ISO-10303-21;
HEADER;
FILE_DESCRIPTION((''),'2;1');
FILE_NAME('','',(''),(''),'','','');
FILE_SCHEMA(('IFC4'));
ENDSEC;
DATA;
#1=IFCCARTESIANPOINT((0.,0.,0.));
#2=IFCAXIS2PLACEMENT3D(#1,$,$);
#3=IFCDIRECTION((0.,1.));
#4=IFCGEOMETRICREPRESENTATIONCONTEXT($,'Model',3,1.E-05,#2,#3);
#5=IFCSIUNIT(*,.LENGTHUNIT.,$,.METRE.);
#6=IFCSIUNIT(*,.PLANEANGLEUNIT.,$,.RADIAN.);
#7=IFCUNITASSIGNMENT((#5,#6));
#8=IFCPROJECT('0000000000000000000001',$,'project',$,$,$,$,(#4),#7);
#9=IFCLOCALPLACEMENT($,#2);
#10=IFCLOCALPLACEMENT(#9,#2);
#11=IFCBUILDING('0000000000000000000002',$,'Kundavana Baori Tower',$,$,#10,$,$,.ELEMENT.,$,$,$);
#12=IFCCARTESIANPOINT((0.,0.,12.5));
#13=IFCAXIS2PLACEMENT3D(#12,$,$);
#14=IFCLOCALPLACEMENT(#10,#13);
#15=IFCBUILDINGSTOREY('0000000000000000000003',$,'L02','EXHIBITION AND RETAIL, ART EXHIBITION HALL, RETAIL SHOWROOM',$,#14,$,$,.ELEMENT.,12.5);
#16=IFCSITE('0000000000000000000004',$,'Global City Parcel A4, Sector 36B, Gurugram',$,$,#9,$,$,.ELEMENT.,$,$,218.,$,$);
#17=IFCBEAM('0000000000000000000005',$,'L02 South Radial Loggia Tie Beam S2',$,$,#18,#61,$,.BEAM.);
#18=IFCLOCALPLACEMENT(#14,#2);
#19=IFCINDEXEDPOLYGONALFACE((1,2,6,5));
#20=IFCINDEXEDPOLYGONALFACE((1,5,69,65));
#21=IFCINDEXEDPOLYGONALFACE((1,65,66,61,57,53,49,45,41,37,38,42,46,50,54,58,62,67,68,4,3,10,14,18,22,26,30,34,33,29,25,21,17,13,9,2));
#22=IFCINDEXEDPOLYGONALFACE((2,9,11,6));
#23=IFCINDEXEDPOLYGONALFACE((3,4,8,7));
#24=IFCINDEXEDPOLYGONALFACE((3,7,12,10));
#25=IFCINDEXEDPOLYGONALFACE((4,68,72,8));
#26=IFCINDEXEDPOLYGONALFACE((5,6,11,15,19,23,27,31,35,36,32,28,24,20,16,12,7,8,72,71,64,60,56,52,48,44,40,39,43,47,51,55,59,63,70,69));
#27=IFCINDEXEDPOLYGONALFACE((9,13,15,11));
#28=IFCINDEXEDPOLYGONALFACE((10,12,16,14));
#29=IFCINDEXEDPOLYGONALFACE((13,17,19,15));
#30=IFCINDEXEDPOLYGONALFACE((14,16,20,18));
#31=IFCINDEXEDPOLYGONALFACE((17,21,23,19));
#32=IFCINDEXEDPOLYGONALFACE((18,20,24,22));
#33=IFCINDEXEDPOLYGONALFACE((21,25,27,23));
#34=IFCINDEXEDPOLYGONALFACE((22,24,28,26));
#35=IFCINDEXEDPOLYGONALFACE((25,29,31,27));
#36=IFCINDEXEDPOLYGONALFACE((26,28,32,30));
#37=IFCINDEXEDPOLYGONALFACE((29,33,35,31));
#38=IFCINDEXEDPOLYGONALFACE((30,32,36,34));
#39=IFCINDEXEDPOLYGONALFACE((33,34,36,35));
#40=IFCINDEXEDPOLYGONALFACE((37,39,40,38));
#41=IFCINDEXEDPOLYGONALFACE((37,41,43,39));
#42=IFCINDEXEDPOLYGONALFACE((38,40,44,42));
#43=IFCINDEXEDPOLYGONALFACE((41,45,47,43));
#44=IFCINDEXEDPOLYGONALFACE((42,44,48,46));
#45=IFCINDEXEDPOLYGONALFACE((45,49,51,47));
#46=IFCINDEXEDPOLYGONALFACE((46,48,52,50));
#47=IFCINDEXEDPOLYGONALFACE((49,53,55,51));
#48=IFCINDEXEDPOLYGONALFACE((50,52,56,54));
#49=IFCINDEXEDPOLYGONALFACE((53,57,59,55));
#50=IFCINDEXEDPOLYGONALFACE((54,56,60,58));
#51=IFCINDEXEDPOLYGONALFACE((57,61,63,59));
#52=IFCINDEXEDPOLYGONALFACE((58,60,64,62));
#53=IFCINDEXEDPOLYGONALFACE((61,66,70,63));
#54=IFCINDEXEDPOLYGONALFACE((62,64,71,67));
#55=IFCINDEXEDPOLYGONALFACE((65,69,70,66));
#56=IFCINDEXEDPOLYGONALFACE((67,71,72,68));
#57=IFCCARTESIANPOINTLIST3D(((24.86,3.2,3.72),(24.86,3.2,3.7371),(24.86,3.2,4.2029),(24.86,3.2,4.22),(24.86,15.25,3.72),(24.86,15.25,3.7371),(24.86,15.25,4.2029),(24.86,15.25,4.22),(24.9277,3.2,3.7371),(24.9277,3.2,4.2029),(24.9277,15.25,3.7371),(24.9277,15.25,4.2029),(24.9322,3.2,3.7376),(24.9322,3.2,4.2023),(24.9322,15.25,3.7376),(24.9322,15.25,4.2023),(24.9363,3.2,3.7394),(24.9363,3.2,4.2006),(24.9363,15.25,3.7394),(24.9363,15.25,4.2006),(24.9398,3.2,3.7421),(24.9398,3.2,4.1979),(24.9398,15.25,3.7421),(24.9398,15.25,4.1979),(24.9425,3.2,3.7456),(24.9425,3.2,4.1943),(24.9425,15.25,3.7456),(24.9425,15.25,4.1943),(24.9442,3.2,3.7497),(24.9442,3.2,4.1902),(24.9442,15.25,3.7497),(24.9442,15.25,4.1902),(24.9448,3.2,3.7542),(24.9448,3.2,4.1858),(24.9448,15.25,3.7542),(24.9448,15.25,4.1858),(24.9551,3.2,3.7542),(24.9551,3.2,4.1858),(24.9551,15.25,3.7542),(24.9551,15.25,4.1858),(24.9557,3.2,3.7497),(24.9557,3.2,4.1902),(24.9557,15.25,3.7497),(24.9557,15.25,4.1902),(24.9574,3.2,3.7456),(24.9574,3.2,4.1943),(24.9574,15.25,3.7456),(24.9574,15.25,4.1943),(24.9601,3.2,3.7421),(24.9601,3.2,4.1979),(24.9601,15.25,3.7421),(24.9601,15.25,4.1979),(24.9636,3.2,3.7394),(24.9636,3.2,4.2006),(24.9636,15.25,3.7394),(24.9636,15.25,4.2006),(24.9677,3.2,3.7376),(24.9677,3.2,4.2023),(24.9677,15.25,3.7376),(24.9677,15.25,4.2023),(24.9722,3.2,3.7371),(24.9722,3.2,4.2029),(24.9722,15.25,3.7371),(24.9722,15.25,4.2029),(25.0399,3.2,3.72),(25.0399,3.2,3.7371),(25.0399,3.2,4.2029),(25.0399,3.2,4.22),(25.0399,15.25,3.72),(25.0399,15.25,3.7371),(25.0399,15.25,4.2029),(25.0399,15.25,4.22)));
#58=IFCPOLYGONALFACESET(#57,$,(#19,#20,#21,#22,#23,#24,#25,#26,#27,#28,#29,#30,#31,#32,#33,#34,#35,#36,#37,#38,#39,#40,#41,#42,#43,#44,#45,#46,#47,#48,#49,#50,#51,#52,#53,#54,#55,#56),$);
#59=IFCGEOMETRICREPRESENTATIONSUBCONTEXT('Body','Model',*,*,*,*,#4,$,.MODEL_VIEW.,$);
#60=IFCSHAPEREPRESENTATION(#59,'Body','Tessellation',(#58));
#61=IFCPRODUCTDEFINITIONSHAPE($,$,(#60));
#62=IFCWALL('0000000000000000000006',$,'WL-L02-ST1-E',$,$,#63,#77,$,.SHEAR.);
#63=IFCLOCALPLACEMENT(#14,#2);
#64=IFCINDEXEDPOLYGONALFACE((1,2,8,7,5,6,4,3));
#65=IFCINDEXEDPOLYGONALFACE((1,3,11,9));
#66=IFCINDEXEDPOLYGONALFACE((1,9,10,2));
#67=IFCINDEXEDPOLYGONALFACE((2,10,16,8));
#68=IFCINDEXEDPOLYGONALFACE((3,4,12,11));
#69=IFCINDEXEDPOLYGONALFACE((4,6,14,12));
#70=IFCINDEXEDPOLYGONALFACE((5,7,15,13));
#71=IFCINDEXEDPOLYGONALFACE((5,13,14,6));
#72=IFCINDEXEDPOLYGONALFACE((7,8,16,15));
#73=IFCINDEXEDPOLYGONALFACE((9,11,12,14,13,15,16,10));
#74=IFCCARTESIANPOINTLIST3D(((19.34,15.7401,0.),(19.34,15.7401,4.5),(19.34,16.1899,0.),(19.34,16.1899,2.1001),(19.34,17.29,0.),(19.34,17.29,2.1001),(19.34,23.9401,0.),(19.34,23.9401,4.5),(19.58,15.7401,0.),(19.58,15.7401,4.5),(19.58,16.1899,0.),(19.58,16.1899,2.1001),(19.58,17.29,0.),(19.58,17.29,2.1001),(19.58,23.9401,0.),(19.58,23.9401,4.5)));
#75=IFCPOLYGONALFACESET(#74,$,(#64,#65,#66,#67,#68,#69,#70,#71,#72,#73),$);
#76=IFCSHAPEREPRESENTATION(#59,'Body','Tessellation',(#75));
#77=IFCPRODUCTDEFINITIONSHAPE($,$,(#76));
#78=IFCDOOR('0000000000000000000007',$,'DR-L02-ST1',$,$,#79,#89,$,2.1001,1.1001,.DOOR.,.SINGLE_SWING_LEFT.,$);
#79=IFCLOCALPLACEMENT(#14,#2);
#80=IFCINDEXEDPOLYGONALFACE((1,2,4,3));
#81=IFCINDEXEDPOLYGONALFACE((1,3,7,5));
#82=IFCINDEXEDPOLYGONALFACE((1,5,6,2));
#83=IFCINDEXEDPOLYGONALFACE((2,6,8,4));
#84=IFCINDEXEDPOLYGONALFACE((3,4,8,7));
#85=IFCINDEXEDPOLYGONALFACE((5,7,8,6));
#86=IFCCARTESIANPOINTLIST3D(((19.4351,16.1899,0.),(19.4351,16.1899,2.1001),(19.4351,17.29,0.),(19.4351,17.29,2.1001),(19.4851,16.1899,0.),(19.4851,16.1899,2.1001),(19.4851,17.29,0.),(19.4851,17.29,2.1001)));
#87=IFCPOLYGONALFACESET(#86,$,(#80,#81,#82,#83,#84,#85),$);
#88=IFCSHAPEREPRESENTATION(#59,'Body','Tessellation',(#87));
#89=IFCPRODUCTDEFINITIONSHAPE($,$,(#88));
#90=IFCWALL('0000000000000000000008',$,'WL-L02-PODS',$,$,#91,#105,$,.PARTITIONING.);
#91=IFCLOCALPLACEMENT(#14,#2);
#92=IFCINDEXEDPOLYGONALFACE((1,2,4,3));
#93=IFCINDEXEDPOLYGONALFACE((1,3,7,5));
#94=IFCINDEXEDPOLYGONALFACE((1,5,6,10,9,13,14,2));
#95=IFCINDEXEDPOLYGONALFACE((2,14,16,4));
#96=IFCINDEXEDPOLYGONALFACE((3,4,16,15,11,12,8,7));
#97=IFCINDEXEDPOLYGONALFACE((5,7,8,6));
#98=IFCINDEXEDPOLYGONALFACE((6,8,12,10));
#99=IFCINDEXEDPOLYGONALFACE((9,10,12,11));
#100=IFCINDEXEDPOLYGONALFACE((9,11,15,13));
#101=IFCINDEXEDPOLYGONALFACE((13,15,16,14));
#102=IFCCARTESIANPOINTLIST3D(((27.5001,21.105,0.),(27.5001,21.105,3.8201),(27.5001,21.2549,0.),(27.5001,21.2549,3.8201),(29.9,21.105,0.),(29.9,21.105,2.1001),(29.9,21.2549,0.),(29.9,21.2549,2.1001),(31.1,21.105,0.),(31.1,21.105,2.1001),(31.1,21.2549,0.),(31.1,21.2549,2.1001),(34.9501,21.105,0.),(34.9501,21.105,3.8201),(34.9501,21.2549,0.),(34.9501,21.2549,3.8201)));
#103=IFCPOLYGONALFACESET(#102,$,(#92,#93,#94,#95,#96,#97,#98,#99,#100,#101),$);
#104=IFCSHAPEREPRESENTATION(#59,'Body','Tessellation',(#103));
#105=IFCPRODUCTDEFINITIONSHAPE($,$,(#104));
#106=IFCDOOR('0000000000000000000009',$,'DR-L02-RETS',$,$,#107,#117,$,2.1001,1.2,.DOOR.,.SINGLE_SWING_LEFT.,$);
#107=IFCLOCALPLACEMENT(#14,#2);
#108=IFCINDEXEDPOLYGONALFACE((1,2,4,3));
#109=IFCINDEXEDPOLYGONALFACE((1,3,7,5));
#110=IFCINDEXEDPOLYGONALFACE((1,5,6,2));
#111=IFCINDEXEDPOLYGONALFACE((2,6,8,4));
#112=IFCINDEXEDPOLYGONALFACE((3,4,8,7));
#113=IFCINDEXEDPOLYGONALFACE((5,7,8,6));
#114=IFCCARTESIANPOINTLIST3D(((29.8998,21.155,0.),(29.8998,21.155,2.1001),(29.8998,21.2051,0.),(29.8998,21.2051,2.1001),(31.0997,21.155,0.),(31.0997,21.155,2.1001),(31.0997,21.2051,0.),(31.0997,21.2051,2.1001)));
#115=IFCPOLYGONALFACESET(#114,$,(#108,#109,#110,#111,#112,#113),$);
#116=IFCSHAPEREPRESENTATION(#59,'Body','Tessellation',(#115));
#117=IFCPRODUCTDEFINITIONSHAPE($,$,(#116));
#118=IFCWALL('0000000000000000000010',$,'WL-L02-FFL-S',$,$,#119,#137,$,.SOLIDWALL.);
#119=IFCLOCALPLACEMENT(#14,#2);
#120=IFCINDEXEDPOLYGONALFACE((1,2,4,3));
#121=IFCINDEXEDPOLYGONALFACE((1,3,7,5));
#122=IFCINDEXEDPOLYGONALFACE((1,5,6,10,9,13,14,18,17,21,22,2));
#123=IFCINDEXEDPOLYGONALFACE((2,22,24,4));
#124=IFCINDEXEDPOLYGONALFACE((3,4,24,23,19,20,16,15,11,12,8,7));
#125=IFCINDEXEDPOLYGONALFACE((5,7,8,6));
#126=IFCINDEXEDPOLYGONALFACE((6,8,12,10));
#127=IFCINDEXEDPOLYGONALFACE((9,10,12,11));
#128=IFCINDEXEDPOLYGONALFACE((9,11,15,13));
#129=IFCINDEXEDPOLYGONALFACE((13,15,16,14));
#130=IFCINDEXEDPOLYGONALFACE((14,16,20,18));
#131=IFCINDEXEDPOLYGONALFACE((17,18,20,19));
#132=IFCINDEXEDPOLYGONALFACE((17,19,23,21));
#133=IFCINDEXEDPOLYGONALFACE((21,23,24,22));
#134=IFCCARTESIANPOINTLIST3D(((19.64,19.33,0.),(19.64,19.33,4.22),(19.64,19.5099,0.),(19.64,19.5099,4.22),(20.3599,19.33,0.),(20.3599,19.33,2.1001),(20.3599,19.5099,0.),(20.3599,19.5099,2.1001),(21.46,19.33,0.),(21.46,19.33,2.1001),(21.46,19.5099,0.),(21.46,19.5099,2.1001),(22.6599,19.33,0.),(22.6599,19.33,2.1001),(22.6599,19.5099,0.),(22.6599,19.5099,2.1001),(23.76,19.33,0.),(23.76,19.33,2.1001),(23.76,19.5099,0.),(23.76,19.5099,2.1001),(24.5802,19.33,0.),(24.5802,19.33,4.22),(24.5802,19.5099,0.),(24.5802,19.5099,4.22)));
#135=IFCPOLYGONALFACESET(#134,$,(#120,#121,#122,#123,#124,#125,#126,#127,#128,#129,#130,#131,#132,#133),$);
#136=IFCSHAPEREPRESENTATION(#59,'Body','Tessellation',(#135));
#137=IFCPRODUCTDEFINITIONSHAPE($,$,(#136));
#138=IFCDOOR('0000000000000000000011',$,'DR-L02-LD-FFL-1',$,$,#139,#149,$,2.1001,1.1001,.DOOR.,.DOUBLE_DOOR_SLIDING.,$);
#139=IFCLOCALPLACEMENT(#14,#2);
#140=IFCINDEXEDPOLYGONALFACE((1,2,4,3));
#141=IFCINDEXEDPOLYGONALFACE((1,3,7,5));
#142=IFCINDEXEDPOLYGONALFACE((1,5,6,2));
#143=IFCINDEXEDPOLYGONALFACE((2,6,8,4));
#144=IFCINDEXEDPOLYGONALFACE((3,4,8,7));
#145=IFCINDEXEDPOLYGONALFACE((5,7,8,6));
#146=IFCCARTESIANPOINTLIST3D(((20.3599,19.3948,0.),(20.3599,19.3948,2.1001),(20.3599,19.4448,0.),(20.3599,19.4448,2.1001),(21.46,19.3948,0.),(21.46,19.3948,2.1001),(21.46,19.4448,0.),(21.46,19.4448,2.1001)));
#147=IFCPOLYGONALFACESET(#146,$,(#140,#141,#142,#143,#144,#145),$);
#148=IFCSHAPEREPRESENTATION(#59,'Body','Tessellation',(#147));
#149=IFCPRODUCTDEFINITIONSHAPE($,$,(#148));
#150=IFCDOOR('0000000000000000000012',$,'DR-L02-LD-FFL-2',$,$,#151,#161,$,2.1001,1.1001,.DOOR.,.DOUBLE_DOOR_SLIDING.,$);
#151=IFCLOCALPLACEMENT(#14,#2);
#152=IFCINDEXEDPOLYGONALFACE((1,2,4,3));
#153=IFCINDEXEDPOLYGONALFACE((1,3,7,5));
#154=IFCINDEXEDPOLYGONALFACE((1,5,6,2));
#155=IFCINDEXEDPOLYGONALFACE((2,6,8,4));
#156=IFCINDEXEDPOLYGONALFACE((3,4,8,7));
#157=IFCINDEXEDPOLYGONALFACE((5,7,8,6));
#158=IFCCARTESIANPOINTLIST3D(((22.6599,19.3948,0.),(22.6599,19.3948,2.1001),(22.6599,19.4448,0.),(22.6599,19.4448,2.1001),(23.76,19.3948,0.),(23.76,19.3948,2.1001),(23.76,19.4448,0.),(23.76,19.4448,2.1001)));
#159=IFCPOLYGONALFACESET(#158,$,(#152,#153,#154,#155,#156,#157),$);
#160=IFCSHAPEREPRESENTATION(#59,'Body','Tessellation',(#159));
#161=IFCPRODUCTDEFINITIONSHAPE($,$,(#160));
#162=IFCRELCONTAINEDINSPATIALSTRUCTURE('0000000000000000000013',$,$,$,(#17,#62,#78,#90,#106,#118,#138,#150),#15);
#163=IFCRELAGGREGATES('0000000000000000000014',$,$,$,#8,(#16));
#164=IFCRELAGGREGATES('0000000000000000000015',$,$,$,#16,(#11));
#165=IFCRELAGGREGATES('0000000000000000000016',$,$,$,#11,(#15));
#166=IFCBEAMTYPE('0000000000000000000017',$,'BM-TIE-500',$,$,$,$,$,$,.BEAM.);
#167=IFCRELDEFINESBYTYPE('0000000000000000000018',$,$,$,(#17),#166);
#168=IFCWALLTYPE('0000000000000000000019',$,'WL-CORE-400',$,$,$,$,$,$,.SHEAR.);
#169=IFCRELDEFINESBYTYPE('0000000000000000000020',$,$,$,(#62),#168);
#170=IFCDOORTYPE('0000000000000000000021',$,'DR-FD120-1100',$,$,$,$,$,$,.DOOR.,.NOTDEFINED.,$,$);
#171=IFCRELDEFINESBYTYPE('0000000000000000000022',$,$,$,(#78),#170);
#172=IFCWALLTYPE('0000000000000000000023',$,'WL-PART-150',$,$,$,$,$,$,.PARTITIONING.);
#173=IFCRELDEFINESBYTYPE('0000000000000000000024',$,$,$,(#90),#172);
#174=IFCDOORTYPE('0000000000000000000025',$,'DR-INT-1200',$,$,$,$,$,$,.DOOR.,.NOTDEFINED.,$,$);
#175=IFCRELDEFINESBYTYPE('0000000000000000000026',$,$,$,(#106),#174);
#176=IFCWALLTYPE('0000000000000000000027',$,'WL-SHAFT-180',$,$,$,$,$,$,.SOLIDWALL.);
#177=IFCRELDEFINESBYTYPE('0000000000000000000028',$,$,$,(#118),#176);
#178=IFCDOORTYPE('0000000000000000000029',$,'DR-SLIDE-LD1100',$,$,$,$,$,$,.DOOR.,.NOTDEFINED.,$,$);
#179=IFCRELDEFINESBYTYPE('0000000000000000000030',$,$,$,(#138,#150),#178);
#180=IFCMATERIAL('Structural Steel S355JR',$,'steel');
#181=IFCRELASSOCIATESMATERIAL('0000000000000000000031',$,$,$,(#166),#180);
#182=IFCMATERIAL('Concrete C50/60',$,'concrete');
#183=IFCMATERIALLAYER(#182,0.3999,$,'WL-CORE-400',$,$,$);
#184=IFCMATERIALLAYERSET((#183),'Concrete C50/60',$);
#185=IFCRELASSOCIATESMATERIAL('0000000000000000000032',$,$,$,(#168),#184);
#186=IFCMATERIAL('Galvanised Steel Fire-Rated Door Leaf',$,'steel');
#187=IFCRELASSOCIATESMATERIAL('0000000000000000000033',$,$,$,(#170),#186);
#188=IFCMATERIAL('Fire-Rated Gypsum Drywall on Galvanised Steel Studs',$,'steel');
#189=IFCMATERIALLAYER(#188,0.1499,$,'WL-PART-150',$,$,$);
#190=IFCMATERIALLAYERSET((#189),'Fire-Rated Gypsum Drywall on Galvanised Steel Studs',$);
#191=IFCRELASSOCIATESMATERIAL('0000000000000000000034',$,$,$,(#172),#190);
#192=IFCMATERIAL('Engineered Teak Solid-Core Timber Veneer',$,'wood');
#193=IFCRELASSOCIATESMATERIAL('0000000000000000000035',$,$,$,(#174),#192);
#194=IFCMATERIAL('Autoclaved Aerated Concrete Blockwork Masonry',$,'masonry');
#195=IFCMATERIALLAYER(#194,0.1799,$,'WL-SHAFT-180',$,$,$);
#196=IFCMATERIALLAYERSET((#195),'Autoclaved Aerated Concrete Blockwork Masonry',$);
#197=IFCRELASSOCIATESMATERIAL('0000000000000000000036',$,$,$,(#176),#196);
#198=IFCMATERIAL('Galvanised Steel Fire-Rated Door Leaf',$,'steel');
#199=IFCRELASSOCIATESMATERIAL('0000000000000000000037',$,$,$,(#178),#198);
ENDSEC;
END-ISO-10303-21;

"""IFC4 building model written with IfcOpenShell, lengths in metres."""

from ifc_helpers import new_model, si_unit, direction, frame, frame_2d, origin, origin_2d, place, context, subcontext, project, spatial, rectangle, i_section, extrude, material, layer, layer_set, material_profile, profile_set, type_object, element, fill, save


model = new_model("IFC4")

# Units and contexts
model_context = context("Model", 3, precision=1e-05, world=origin(), true_north=direction((0.0, 1.0)))
body_context = subcontext(model_context, "Body", "Model", "MODEL_VIEW")
ifc_project = project(units=[si_unit("LENGTHUNIT", "METRE"), si_unit("PLANEANGLEUNIT", "RADIAN")], contexts=[model_context])

# Site, building, storey
site_placement = place(None, origin())
site = spatial("IfcSite", under=ifc_project, at=site_placement, Name="Global City Parcel A4, Sector 36B, Gurugram", CompositionType="ELEMENT", RefElevation=218.0)
building_placement = place(site_placement, origin())
building = spatial("IfcBuilding", under=site, at=building_placement, Name="Kundavana Baori Tower", CompositionType="ELEMENT")
storey_placement = place(building_placement, frame((0.0, 0.0, 12.5)))
storey = spatial("IfcBuildingStorey", under=building, at=storey_placement, Name="L02", Description="EXHIBITION AND RETAIL, ART EXHIBITION HALL, RETAIL SHOWROOM", CompositionType="ELEMENT", Elevation=12.5)

# Beam
ifc_material_1 = material(Name="Structural Steel S355JR", Category="steel")
ifc_material_profile_1 = material_profile(ifc_material_1, i_section(OverallWidth=0.1799, OverallDepth=0.5, WebThickness=0.0103, FlangeThickness=0.0171, FilletRadius=0.0171, at=origin_2d()), Name="ISMB 500")
ifc_profile_set_1 = profile_set([ifc_material_profile_1], Name="Structural Steel S355JR")
beam_type_1 = type_object("IfcBeamType", Name="BM-TIE-500", PredefinedType="BEAM", material=ifc_profile_set_1)
beam_1_placement = place(storey_placement, frame((24.95, 15.25, 3.97), z_axis=(0.0, -1.0, 0.0), x_axis=(1.0, 0.0, 0.0)))
element("IfcBeam", 1, at=beam_1_placement, inside=storey, type_object=beam_type_1, Name="L02 South Radial Loggia Tie Beam S2", PredefinedType="BEAM", context=body_context, shape_type="SweptSolid", body=[
    extrude(i_section(OverallWidth=0.1799, OverallDepth=0.5, WebThickness=0.0103, FlangeThickness=0.0171, FilletRadius=0.0171, at=origin_2d()), origin(), (0.0, 0.0, 1.0), 12.05),
])

# Wall, opening, door
ifc_material_2 = material(Name="Concrete C50/60", Category="concrete")
ifc_layer_1 = layer(ifc_material_2, 0.3999, Name="WL-CORE-400")
ifc_layer_set_1 = layer_set([ifc_layer_1], Name="Concrete C50/60")
wall_type_1 = type_object("IfcWallType", Name="WL-CORE-400", PredefinedType="SHEAR", material=ifc_layer_set_1)
wall_1_placement = place(storey_placement, frame((19.46, 15.74, 0.0), z_axis=(0.0, 0.0, 1.0), x_axis=(0.0, 1.0, 0.0)))
wall_1 = element("IfcWall", 2, at=wall_1_placement, inside=storey, type_object=wall_type_1, Name="WL-L02-ST1-E", PredefinedType="SHEAR", context=body_context, shape_type="SweptSolid", body=[
    extrude(rectangle(XDim=8.2, YDim=0.24, at=frame_2d((4.1001, 0.0))), origin(), (0.0, 0.0, 1.0), 4.5),
])
opening_1_placement = place(wall_1_placement, frame((0.45, 0.0, 0.0)))
opening_1 = element("IfcOpeningElement", 3, at=opening_1_placement, cuts=wall_1, PredefinedType="OPENING", context=body_context, shape_type="SweptSolid", body=[
    extrude(rectangle(XDim=1.1001, YDim=2.1001, at=frame_2d((0.55, 1.05))), frame((0.0, 0.1299, 0.0), z_axis=(0.0, -1.0, 0.0), x_axis=(1.0, 0.0, 0.0)), (0.0, 0.0, 1.0), 0.26),
])
ifc_material_3 = material(Name="Galvanised Steel Fire-Rated Door Leaf", Category="steel")
door_type_1 = type_object("IfcDoorType", Name="DR-FD120-1100", OperationType="NOTDEFINED", PredefinedType="DOOR", material=ifc_material_3)
door_1_placement = place(opening_1_placement, origin())
door_1 = element("IfcDoor", 4, at=door_1_placement, inside=storey, type_object=door_type_1, Name="DR-L02-ST1", OperationType="SINGLE_SWING_LEFT", OverallHeight=2.1001, OverallWidth=1.1001, PredefinedType="DOOR", context=body_context, shape_type="SweptSolid", body=[
    extrude(rectangle(XDim=1.1001, YDim=2.1001, at=frame_2d((0.55, 1.05))), frame((0.0, 0.0249, 0.0), z_axis=(0.0, -1.0, 0.0), x_axis=(1.0, 0.0, 0.0)), (0.0, 0.0, 1.0), 0.05),
])
fill(opening_1, door_1)

# Wall, opening, door
ifc_material_4 = material(Name="Fire-Rated Gypsum Drywall on Galvanised Steel Studs", Category="steel")
ifc_layer_2 = layer(ifc_material_4, 0.1499, Name="WL-PART-150")
ifc_layer_set_2 = layer_set([ifc_layer_2], Name="Fire-Rated Gypsum Drywall on Galvanised Steel Studs")
wall_type_2 = type_object("IfcWallType", Name="WL-PART-150", PredefinedType="PARTITIONING", material=ifc_layer_set_2)
wall_2_placement = place(storey_placement, frame((27.5, 21.1799, 0.0), z_axis=(0.0, 0.0, 1.0), x_axis=(1.0, 0.0, 0.0)))
wall_2 = element("IfcWall", 5, at=wall_2_placement, inside=storey, type_object=wall_type_2, Name="WL-L02-PODS", PredefinedType="PARTITIONING", context=body_context, shape_type="SweptSolid", body=[
    extrude(rectangle(XDim=7.45, YDim=0.1499, at=frame_2d((3.7251, 0.0))), origin(), (0.0, 0.0, 1.0), 3.8201),
])
opening_2_placement = place(wall_2_placement, frame((2.3999, 0.0, 0.0)))
opening_2 = element("IfcOpeningElement", 6, at=opening_2_placement, cuts=wall_2, PredefinedType="OPENING", context=body_context, shape_type="SweptSolid", body=[
    extrude(rectangle(XDim=1.2, YDim=2.1001, at=frame_2d((0.6001, 1.05))), frame((0.0, 0.085, 0.0), z_axis=(0.0, -1.0, 0.0), x_axis=(1.0, 0.0, 0.0)), (0.0, 0.0, 1.0), 0.1699),
])
ifc_material_5 = material(Name="Engineered Teak Solid-Core Timber Veneer", Category="wood")
door_type_2 = type_object("IfcDoorType", Name="DR-INT-1200", OperationType="NOTDEFINED", PredefinedType="DOOR", material=ifc_material_5)
door_2_placement = place(opening_2_placement, frame((1.2, 0.0, 0.0), z_axis=(0.0, 0.0, 1.0), x_axis=(-1.0, 0.0, 0.0)))
door_2 = element("IfcDoor", 7, at=door_2_placement, inside=storey, type_object=door_type_2, Name="DR-L02-RETS", OperationType="SINGLE_SWING_LEFT", OverallHeight=2.1001, OverallWidth=1.2, PredefinedType="DOOR", context=body_context, shape_type="SweptSolid", body=[
    extrude(rectangle(XDim=1.2, YDim=2.1001, at=frame_2d((0.6001, 1.05))), frame((0.0, 0.0249, 0.0), z_axis=(0.0, -1.0, 0.0), x_axis=(1.0, 0.0, 0.0)), (0.0, 0.0, 1.0), 0.05),
])
fill(opening_2, door_2)

# Wall, openings, doors
ifc_material_6 = material(Name="Autoclaved Aerated Concrete Blockwork Masonry", Category="masonry")
ifc_layer_3 = layer(ifc_material_6, 0.1799, Name="WL-SHAFT-180")
ifc_layer_set_3 = layer_set([ifc_layer_3], Name="Autoclaved Aerated Concrete Blockwork Masonry")
wall_type_3 = type_object("IfcWallType", Name="WL-SHAFT-180", PredefinedType="SOLIDWALL", material=ifc_layer_set_3)
wall_3_placement = place(storey_placement, frame((19.6399, 19.4199, 0.0), z_axis=(0.0, 0.0, 1.0), x_axis=(1.0, 0.0, 0.0)))
wall_3 = element("IfcWall", 8, at=wall_3_placement, inside=storey, type_object=wall_type_3, Name="WL-L02-FFL-S", PredefinedType="SOLIDWALL", context=body_context, shape_type="SweptSolid", body=[
    extrude(rectangle(XDim=4.9402, YDim=0.1799, at=frame_2d((2.4702, 0.0))), origin(), (0.0, 0.0, 1.0), 4.22),
])
opening_3_placement = place(wall_3_placement, frame((0.72, 0.0, 0.0)))
opening_3 = element("IfcOpeningElement", 9, at=opening_3_placement, cuts=wall_3, PredefinedType="OPENING", context=body_context, shape_type="SweptSolid", body=[
    extrude(rectangle(XDim=1.1001, YDim=2.1001, at=frame_2d((0.55, 1.05))), frame((0.0, 0.1001, 0.0), z_axis=(0.0, -1.0, 0.0), x_axis=(1.0, 0.0, 0.0)), (0.0, 0.0, 1.0), 0.2),
])
opening_4_placement = place(wall_3_placement, frame((3.02, 0.0, 0.0)))
opening_4 = element("IfcOpeningElement", 10, at=opening_4_placement, cuts=wall_3, PredefinedType="OPENING", context=body_context, shape_type="SweptSolid", body=[
    extrude(rectangle(XDim=1.1001, YDim=2.1001, at=frame_2d((0.55, 1.05))), frame((0.0, 0.1001, 0.0), z_axis=(0.0, -1.0, 0.0), x_axis=(1.0, 0.0, 0.0)), (0.0, 0.0, 1.0), 0.2),
])
ifc_material_7 = material(Name="Galvanised Steel Fire-Rated Door Leaf", Category="steel")
door_type_3 = type_object("IfcDoorType", Name="DR-SLIDE-LD1100", OperationType="NOTDEFINED", PredefinedType="DOOR", material=ifc_material_7)
door_3_placement = place(opening_3_placement, origin())
door_3 = element("IfcDoor", 11, at=door_3_placement, inside=storey, type_object=door_type_3, Name="DR-L02-LD-FFL-1", OperationType="DOUBLE_DOOR_SLIDING", OverallHeight=2.1001, OverallWidth=1.1001, PredefinedType="DOOR", context=body_context, shape_type="SweptSolid", body=[
    extrude(rectangle(XDim=1.1001, YDim=2.1001, at=frame_2d((0.55, 1.05))), frame((0.0, 0.0249, 0.0), z_axis=(0.0, -1.0, 0.0), x_axis=(1.0, 0.0, 0.0)), (0.0, 0.0, 1.0), 0.05),
])
fill(opening_3, door_3)
door_4_placement = place(opening_4_placement, origin())
door_4 = element("IfcDoor", 12, at=door_4_placement, inside=storey, type_object=door_type_3, Name="DR-L02-LD-FFL-2", OperationType="DOUBLE_DOOR_SLIDING", OverallHeight=2.1001, OverallWidth=1.1001, PredefinedType="DOOR", context=body_context, shape_type="SweptSolid", body=[
    extrude(rectangle(XDim=1.1001, YDim=2.1001, at=frame_2d((0.55, 1.05))), frame((0.0, 0.0249, 0.0), z_axis=(0.0, -1.0, 0.0), x_axis=(1.0, 0.0, 0.0)), (0.0, 0.0, 1.0), 0.05),
])
fill(opening_4, door_4)

save(model, "model.ifc")
